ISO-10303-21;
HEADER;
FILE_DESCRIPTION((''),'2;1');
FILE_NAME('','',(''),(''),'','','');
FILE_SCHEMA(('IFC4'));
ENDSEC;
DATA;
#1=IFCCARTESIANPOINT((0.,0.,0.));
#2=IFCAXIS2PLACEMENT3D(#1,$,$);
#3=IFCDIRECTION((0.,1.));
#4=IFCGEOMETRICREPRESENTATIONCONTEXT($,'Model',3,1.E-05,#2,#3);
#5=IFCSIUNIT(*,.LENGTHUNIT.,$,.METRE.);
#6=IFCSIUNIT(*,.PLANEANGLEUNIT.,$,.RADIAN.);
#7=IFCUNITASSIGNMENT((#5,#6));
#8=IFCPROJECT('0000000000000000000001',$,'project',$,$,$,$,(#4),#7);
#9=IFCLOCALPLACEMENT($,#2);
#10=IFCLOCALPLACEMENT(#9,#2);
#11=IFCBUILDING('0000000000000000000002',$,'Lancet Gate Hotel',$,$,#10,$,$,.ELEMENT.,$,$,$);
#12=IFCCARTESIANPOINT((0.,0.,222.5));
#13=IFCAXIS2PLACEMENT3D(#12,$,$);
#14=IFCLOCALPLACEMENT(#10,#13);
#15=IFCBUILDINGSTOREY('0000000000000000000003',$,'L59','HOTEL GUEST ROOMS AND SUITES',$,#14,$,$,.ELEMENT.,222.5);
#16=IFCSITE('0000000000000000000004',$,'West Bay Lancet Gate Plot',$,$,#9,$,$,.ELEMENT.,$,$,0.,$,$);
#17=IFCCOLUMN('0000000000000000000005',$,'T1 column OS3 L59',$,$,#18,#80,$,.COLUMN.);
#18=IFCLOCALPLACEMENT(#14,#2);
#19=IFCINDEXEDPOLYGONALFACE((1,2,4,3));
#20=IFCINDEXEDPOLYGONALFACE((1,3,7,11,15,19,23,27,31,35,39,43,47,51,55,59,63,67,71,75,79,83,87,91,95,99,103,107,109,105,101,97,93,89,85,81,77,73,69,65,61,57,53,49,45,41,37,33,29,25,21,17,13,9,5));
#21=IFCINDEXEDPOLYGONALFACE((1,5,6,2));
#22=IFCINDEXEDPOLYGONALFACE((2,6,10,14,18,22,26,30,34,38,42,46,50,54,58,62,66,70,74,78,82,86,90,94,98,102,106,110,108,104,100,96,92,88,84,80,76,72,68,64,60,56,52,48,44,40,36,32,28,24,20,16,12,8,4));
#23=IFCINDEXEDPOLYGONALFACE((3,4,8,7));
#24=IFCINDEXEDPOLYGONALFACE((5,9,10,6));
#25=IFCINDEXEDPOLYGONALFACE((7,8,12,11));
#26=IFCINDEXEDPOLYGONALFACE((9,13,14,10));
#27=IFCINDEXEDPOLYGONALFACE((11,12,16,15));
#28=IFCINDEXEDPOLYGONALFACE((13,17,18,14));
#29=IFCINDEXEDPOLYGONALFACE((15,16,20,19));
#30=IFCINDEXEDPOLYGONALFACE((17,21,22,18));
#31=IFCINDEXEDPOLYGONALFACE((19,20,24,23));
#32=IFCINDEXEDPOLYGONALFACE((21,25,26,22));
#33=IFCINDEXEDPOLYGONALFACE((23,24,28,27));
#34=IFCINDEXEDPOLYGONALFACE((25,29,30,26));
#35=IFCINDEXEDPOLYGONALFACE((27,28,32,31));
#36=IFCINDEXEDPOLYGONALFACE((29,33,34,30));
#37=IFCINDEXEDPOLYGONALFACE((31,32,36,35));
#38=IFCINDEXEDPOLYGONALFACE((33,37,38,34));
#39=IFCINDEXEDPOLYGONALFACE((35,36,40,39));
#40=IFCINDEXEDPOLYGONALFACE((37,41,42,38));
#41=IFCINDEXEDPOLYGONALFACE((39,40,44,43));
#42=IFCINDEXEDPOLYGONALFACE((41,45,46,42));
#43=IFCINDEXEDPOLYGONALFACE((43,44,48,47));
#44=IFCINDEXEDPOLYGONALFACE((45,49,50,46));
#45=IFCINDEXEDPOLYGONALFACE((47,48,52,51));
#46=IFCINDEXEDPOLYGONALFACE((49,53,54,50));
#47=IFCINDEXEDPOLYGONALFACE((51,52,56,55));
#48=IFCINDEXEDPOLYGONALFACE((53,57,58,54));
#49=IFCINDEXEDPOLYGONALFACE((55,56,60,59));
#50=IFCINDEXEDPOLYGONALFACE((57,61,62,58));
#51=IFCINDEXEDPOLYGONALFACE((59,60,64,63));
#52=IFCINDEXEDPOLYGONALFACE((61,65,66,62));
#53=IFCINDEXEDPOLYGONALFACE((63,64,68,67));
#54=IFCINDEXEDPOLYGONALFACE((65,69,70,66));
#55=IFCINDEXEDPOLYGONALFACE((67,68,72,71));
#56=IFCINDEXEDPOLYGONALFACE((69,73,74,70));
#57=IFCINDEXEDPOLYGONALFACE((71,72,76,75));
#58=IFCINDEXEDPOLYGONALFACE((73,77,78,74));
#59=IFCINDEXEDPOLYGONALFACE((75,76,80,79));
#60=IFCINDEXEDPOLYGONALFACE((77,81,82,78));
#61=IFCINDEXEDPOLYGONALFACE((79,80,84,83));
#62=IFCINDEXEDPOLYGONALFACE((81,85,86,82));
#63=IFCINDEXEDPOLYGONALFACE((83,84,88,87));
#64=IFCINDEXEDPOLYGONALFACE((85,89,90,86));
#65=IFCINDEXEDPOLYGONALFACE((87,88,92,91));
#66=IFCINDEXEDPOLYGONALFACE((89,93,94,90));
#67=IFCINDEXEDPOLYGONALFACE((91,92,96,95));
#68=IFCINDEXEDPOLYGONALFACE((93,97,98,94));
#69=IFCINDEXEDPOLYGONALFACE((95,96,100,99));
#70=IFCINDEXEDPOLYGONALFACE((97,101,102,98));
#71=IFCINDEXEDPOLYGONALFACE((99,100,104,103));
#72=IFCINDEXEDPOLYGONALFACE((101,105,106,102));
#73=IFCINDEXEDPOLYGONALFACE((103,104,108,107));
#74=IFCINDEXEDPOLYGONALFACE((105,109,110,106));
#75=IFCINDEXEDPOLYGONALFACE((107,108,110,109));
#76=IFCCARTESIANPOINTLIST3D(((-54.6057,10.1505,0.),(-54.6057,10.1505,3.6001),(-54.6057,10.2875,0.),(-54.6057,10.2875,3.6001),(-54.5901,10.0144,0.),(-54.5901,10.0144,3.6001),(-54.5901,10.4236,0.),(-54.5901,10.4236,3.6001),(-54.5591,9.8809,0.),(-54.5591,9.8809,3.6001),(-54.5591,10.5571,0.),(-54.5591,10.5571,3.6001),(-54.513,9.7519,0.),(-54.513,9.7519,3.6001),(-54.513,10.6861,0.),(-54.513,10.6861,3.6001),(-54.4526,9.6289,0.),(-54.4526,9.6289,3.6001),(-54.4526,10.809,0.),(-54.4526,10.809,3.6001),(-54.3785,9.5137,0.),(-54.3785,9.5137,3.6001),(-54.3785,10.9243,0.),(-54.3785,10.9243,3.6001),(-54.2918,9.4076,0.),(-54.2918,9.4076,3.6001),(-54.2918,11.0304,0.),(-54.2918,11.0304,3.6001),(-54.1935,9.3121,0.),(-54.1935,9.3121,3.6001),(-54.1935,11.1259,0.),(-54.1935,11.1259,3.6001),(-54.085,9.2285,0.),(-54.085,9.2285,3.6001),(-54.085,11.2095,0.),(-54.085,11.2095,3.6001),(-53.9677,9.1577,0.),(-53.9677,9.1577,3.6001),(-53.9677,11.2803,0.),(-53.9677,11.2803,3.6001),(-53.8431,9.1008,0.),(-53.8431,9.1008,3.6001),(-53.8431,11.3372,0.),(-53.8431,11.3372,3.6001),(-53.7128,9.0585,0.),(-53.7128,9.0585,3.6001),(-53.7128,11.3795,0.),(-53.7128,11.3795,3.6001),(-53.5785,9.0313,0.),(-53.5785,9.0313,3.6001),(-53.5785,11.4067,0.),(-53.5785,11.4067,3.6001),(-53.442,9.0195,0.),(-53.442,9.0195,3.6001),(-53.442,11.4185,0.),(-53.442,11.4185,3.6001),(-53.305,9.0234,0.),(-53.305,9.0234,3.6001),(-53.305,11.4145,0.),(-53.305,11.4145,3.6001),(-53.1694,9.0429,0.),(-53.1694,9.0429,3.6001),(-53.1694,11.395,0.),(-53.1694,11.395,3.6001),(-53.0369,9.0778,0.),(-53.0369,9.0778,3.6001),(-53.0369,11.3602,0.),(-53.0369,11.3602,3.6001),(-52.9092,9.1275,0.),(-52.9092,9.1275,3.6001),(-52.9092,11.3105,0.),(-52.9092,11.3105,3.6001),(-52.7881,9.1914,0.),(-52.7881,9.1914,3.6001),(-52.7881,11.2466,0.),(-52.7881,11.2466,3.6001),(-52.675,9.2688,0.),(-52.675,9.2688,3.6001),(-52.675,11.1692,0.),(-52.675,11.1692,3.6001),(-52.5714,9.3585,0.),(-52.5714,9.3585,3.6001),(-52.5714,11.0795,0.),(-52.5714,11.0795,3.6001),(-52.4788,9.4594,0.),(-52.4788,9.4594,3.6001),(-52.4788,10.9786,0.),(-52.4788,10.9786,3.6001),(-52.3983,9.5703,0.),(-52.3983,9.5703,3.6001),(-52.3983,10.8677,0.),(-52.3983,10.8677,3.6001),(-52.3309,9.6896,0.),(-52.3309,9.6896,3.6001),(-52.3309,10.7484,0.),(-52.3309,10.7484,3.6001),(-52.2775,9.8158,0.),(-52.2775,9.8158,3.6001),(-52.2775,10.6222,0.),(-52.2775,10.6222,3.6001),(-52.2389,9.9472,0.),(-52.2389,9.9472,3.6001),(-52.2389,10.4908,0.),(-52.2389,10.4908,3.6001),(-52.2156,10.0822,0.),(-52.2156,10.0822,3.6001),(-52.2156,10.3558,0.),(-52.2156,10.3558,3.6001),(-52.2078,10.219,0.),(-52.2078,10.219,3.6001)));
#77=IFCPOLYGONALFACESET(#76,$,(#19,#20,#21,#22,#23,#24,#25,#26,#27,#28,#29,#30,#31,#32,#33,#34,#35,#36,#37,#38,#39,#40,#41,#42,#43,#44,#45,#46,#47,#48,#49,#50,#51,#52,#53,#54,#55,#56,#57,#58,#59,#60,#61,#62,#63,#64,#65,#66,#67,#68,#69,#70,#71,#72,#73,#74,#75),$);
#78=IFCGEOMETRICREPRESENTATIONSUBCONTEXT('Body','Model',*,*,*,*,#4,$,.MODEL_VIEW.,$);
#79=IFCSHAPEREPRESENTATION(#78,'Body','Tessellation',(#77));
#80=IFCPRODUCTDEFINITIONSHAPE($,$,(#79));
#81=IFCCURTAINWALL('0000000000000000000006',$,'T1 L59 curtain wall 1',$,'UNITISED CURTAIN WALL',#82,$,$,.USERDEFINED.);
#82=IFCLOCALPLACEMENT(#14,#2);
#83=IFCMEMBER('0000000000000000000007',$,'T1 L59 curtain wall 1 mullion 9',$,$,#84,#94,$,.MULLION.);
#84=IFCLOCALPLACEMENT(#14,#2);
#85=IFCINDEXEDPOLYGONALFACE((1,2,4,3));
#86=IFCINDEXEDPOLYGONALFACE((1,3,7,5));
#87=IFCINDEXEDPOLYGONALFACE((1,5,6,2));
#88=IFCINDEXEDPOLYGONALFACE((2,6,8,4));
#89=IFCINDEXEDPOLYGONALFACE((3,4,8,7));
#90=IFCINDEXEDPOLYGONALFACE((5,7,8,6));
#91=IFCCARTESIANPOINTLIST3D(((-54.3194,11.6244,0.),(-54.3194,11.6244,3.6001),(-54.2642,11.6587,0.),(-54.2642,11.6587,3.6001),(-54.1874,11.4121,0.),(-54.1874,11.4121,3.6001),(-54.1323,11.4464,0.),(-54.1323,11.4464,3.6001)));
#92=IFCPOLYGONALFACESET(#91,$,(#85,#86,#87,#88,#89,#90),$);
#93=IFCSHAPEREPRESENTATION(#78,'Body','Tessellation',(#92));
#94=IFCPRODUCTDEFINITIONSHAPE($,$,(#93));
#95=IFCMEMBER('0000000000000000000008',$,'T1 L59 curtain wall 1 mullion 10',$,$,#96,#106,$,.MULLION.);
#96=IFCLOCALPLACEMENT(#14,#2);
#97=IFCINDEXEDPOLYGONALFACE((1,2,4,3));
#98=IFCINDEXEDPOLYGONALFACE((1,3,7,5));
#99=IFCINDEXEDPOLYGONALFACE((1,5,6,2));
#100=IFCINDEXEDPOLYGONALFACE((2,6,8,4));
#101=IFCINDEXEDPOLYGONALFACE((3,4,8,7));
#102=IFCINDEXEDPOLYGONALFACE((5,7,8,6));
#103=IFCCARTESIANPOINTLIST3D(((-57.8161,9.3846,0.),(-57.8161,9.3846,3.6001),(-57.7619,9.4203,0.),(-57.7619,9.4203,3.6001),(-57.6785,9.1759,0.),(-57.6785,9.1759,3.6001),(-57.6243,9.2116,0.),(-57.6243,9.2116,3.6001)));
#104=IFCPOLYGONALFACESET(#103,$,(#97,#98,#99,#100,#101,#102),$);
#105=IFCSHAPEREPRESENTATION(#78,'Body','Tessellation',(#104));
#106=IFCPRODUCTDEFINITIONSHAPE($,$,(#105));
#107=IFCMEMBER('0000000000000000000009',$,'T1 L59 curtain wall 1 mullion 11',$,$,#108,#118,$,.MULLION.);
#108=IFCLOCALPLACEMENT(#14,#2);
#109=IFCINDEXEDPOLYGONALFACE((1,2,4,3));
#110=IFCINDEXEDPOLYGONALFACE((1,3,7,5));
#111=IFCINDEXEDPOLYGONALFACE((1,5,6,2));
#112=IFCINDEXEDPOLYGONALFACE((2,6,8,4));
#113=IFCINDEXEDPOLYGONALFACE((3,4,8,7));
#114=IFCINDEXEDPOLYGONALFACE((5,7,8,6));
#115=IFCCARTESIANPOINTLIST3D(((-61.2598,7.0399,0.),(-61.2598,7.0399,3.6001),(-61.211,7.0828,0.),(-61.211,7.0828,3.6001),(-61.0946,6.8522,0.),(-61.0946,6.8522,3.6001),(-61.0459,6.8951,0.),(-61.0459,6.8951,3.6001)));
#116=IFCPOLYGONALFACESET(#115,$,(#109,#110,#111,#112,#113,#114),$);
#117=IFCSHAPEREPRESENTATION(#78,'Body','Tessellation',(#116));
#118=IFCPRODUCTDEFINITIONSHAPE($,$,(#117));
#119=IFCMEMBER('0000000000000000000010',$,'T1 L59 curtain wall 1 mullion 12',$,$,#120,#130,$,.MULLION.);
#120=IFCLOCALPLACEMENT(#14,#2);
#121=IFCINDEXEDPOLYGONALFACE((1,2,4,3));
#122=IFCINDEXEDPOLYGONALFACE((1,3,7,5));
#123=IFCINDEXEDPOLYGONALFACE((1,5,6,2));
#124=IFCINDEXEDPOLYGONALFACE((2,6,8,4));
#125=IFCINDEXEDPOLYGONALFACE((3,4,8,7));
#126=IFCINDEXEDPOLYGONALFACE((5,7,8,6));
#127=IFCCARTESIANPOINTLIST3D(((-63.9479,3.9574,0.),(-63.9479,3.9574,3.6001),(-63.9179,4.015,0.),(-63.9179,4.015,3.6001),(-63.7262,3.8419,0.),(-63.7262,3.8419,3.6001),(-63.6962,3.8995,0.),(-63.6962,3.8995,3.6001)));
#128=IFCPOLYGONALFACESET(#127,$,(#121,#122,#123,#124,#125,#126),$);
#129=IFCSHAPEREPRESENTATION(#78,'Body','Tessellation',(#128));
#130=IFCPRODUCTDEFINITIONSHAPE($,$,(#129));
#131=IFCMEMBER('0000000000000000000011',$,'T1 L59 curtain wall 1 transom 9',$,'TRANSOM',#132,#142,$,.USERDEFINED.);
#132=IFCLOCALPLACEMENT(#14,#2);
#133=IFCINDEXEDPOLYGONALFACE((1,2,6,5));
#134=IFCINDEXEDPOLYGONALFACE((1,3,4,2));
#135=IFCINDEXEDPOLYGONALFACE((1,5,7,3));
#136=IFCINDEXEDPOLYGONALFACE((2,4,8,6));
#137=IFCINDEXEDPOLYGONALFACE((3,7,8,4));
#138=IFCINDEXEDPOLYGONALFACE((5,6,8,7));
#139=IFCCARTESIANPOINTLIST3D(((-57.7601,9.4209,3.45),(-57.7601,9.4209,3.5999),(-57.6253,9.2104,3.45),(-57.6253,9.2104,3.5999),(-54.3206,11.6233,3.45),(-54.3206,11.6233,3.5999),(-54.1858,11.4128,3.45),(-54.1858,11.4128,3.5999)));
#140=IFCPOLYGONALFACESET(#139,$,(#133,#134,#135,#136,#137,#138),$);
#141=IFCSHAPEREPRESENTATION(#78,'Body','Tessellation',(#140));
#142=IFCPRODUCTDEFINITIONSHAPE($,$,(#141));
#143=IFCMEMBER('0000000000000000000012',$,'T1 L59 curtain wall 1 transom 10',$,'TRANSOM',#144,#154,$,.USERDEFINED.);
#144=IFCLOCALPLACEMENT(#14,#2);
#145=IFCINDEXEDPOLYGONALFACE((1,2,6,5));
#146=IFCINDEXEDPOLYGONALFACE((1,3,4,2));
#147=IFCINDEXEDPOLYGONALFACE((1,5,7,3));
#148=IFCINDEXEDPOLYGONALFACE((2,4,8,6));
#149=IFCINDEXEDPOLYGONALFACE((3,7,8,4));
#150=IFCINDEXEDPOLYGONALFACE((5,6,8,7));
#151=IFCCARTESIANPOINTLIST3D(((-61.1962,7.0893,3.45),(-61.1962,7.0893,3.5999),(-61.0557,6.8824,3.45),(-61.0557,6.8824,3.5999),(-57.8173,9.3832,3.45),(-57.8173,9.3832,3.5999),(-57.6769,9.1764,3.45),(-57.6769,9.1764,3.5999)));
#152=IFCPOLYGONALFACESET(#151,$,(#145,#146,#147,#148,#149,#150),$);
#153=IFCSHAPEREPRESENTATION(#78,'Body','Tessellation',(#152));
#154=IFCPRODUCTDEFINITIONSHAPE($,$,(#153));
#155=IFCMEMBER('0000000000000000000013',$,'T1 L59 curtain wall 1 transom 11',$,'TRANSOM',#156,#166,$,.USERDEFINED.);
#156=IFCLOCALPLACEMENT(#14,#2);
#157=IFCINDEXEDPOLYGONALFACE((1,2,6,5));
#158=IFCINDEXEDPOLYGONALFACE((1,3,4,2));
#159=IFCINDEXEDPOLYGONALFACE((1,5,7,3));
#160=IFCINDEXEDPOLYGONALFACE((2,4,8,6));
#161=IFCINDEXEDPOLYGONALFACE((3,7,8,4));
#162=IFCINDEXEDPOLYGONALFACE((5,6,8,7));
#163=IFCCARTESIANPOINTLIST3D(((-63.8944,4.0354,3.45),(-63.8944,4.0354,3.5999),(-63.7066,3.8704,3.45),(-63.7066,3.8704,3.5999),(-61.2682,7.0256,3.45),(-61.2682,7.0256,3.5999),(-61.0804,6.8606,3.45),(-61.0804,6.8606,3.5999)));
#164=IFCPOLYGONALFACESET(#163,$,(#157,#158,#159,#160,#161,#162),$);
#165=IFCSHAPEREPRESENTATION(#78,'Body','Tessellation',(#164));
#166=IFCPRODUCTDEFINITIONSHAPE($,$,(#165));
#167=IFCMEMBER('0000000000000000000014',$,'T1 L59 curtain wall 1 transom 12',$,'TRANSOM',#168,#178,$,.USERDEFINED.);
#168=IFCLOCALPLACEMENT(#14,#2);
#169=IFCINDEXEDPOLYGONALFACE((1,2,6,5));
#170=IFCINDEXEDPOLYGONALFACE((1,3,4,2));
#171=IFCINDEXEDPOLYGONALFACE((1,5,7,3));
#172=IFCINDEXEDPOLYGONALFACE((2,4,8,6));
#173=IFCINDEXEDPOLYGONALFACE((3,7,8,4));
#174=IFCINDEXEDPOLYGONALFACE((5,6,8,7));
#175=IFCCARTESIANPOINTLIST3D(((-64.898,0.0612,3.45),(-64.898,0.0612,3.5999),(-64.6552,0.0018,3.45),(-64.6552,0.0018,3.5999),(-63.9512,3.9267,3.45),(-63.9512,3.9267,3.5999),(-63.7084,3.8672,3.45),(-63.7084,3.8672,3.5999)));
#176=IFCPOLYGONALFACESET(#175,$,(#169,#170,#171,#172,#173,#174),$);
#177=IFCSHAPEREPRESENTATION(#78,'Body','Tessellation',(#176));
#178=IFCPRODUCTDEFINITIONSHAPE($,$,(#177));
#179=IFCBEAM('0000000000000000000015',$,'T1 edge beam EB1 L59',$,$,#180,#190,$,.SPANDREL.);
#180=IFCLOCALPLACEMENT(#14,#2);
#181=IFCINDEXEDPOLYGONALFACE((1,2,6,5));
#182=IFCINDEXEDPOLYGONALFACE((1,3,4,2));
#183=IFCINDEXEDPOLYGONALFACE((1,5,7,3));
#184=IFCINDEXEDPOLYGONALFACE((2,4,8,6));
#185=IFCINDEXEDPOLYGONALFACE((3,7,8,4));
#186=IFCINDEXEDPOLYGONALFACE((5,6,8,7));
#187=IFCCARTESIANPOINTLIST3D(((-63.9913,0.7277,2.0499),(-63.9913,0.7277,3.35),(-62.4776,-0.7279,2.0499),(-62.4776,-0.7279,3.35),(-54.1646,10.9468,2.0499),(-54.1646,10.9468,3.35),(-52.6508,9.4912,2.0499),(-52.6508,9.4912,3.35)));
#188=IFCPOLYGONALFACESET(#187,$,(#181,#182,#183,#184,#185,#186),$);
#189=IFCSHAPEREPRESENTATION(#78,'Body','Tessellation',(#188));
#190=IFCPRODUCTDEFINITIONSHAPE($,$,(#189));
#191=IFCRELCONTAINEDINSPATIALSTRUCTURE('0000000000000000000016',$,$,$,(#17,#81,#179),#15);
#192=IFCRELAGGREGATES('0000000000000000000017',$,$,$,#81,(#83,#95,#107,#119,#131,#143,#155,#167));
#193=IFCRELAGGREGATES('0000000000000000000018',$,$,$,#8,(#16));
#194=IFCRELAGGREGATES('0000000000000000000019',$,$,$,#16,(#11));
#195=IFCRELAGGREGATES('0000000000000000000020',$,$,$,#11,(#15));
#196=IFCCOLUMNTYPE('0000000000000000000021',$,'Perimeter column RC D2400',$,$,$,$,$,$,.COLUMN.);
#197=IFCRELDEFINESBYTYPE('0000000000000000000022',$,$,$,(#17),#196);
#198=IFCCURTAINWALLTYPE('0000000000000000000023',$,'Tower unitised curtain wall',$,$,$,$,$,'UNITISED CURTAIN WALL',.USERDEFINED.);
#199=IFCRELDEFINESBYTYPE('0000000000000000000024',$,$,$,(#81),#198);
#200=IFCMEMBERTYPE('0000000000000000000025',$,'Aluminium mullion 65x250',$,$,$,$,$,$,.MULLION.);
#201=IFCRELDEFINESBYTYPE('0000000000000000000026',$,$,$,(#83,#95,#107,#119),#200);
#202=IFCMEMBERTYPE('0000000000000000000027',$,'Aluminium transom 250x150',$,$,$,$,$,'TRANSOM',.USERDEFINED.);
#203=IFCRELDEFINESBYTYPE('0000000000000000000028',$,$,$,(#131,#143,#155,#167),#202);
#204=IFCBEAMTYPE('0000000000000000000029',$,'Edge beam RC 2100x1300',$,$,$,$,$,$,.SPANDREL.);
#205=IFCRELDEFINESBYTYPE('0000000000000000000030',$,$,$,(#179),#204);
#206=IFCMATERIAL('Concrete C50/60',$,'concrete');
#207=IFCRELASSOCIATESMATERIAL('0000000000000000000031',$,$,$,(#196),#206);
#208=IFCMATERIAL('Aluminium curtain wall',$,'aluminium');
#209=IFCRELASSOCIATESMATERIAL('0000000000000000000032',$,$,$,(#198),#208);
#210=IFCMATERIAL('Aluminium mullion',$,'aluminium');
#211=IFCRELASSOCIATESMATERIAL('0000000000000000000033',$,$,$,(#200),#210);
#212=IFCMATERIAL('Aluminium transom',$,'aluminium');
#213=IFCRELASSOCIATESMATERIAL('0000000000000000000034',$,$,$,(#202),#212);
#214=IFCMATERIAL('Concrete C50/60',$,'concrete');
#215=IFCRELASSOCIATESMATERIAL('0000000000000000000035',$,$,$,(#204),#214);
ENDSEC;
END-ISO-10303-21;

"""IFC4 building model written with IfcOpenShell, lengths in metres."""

from ifc_helpers import new_model, si_unit, direction, frame, origin, origin_2d, place, context, subcontext, project, spatial, rectangle, circle, extrude, material, material_profile, profile_set, type_object, element, aggregate, save


model = new_model("IFC4")

# Units and contexts
model_context = context("Model", 3, precision=1e-05, world=origin(), true_north=direction((0.0, 1.0)))
body_context = subcontext(model_context, "Body", "Model", "MODEL_VIEW")
ifc_project = project(units=[si_unit("LENGTHUNIT", "METRE"), si_unit("PLANEANGLEUNIT", "RADIAN")], contexts=[model_context])

# Site, building, storey
site_placement = place(None, origin())
site = spatial("IfcSite", under=ifc_project, at=site_placement, Name="West Bay Lancet Gate Plot", CompositionType="ELEMENT", RefElevation=0.0)
building_placement = place(site_placement, origin())
building = spatial("IfcBuilding", under=site, at=building_placement, Name="Lancet Gate Hotel", CompositionType="ELEMENT")
storey_placement = place(building_placement, frame((0.0, 0.0, 222.5)))
storey = spatial("IfcBuildingStorey", under=building, at=storey_placement, Name="L59", Description="HOTEL GUEST ROOMS AND SUITES", CompositionType="ELEMENT", Elevation=222.5)

# Column
ifc_material_1 = material(Name="Concrete C50/60", Category="concrete")
ifc_material_profile_1 = material_profile(ifc_material_1, circle(Radius=1.2, at=origin_2d()), Name="RC D2400")
ifc_profile_set_1 = profile_set([ifc_material_profile_1], Name="Concrete C50/60")
column_type = type_object("IfcColumnType", Name="Perimeter column RC D2400", PredefinedType="COLUMN", material=ifc_profile_set_1)
column_placement = place(storey_placement, frame((-53.4077, 10.219, 0.0), z_axis=(0.0, 0.0, 1.0), x_axis=(1.0, 0.0, 0.0)))
element("IfcColumn", 1, at=column_placement, inside=storey, type_object=column_type, Name="T1 column OS3 L59", PredefinedType="COLUMN", context=body_context, shape_type="SweptSolid", body=[
    extrude(circle(Radius=1.2, at=origin_2d()), origin(), (0.0, 0.0, 1.0), 3.6001),
])

# Curtain wall, members
ifc_material_2 = material(Name="Aluminium curtain wall", Category="aluminium")
curtain_wall_type = type_object("IfcCurtainWallType", Name="Tower unitised curtain wall", ElementType="UNITISED CURTAIN WALL", PredefinedType="USERDEFINED", material=ifc_material_2)
curtain_wall_placement = place(storey_placement, origin())
curtain_wall = element("IfcCurtainWall", 2, at=curtain_wall_placement, inside=storey, type_object=curtain_wall_type, Name="T1 L59 curtain wall 1", ObjectType="UNITISED CURTAIN WALL", PredefinedType="USERDEFINED")
ifc_material_3 = material(Name="Aluminium mullion", Category="aluminium")
ifc_material_profile_2 = material_profile(ifc_material_3, rectangle(XDim=0.0649, YDim=0.25, at=origin_2d()), Name="MULLION 65x250")
ifc_profile_set_2 = profile_set([ifc_material_profile_2], Name="Aluminium mullion")
member_type_1 = type_object("IfcMemberType", Name="Aluminium mullion 65x250", PredefinedType="MULLION", material=ifc_profile_set_2)
member_1_placement = place(storey_placement, frame((-54.2258, 11.5354, 0.0), z_axis=(0.0, 0.0, 1.0), x_axis=(-0.849342, -0.527842, 0.0)))
member_1 = element("IfcMember", 3, at=member_1_placement, type_object=member_type_1, Name="T1 L59 curtain wall 1 mullion 9", PredefinedType="MULLION", context=body_context, shape_type="SweptSolid", body=[
    extrude(rectangle(XDim=0.0649, YDim=0.25, at=origin_2d()), origin(), (0.0, 0.0, 1.0), 3.6001),
])
member_2_placement = place(storey_placement, frame((-57.7202, 9.2981, 0.0), z_axis=(0.0, 0.0, 1.0), x_axis=(-0.834827, -0.550512, 0.0)))
member_2 = element("IfcMember", 4, at=member_2_placement, type_object=member_type_1, Name="T1 L59 curtain wall 1 mullion 10", PredefinedType="MULLION", context=body_context, shape_type="SweptSolid", body=[
    extrude(rectangle(XDim=0.0649, YDim=0.25, at=origin_2d()), origin(), (0.0, 0.0, 1.0), 3.6001),
])
member_3_placement = place(storey_placement, frame((-61.1528, 6.9675, 0.0), z_axis=(0.0, 0.0, 1.0), x_axis=(-0.750716, -0.660626, 0.0)))
member_3 = element("IfcMember", 5, at=member_3_placement, type_object=member_type_1, Name="T1 L59 curtain wall 1 mullion 11", PredefinedType="MULLION", context=body_context, shape_type="SweptSolid", body=[
    extrude(rectangle(XDim=0.0649, YDim=0.25, at=origin_2d()), origin(), (0.0, 0.0, 1.0), 3.6001),
])
member_4_placement = place(storey_placement, frame((-63.822, 3.9285, 0.0), z_axis=(0.0, 0.0, 1.0), x_axis=(-0.462178, -0.886787, 0.0)))
member_4 = element("IfcMember", 6, at=member_4_placement, type_object=member_type_1, Name="T1 L59 curtain wall 1 mullion 12", PredefinedType="MULLION", context=body_context, shape_type="SweptSolid", body=[
    extrude(rectangle(XDim=0.0649, YDim=0.25, at=origin_2d()), origin(), (0.0, 0.0, 1.0), 3.6001),
])
ifc_material_4 = material(Name="Aluminium transom", Category="aluminium")
ifc_material_profile_3 = material_profile(ifc_material_4, rectangle(XDim=0.25, YDim=0.1499, at=origin_2d()), Name="TRANSOM 250x150")
ifc_profile_set_3 = profile_set([ifc_material_profile_3], Name="Aluminium transom")
member_type_2 = type_object("IfcMemberType", Name="Aluminium transom 250x150", ElementType="TRANSOM", PredefinedType="USERDEFINED", material=ifc_profile_set_3)
member_5_placement = place(storey_placement, frame((-54.2532, 11.5181, 3.5249), z_axis=(-0.842144, -0.539252, 0.0), x_axis=(0.539252, -0.842144, 0.0)))
member_5 = element("IfcMember", 7, at=member_5_placement, type_object=member_type_2, Name="T1 L59 curtain wall 1 transom 9", ObjectType="TRANSOM", PredefinedType="USERDEFINED", context=body_context, shape_type="SweptSolid", body=[
    extrude(rectangle(XDim=0.25, YDim=0.1499, at=origin_2d()), origin(), (0.0, 0.0, 1.0), 4.0842),
])
member_6_placement = place(storey_placement, frame((-57.7471, 9.2798, 3.5249), z_axis=(-0.827349, -0.561689, 0.0), x_axis=(0.561689, -0.827349, 0.0)))
member_6 = element("IfcMember", 8, at=member_6_placement, type_object=member_type_2, Name="T1 L59 curtain wall 1 transom 10", ObjectType="TRANSOM", PredefinedType="USERDEFINED", context=body_context, shape_type="SweptSolid", body=[
    extrude(rectangle(XDim=0.25, YDim=0.1499, at=origin_2d()), origin(), (0.0, 0.0, 1.0), 4.084),
])
member_7_placement = place(storey_placement, frame((-61.1743, 6.9431, 3.5249), z_axis=(-0.659893, -0.751359, 0.0), x_axis=(0.751359, -0.659893, 0.0)))
member_7 = element("IfcMember", 9, at=member_7_placement, type_object=member_type_2, Name="T1 L59 curtain wall 1 transom 11", ObjectType="TRANSOM", PredefinedType="USERDEFINED", context=body_context, shape_type="SweptSolid", body=[
    extrude(rectangle(XDim=0.25, YDim=0.1499, at=origin_2d()), origin(), (0.0, 0.0, 1.0), 3.9797),
])
member_8_placement = place(storey_placement, frame((-63.8298, 3.897, 3.5249), z_axis=(-0.237899, -0.97129, 0.0), x_axis=(0.97129, -0.237899, 0.0)))
member_8 = element("IfcMember", 10, at=member_8_placement, type_object=member_type_2, Name="T1 L59 curtain wall 1 transom 12", ObjectType="TRANSOM", PredefinedType="USERDEFINED", context=body_context, shape_type="SweptSolid", body=[
    extrude(rectangle(XDim=0.25, YDim=0.1499, at=origin_2d()), origin(), (0.0, 0.0, 1.0), 3.9797),
])

# Beam
ifc_material_5 = material(Name="Concrete C50/60", Category="concrete")
ifc_material_profile_4 = material_profile(ifc_material_5, rectangle(XDim=2.1001, YDim=1.3, at=origin_2d()), Name="RC 2100x1300")
ifc_profile_set_4 = profile_set([ifc_material_profile_4], Name="Concrete C50/60")
beam_type_1 = type_object("IfcBeamType", Name="Edge beam RC 2100x1300", PredefinedType="SPANDREL", material=ifc_profile_set_4)
beam_1_placement = place(storey_placement, frame((-53.4077, 10.219, 2.7), z_axis=(-0.693135, -0.720808, 0.0), x_axis=(0.720808, -0.693135, 0.0)))
element("IfcBeam", 11, at=beam_1_placement, inside=storey, type_object=beam_type_1, Name="T1 edge beam EB1 L59", PredefinedType="SPANDREL", context=body_context, shape_type="SweptSolid", body=[
    extrude(rectangle(XDim=2.1001, YDim=1.3, at=origin_2d()), origin(), (0.0, 0.0, 1.0), 14.1772),
])

aggregate(curtain_wall, [member_1, member_2, member_3, member_4, member_5, member_6, member_7, member_8])

save(model, "model.ifc")
